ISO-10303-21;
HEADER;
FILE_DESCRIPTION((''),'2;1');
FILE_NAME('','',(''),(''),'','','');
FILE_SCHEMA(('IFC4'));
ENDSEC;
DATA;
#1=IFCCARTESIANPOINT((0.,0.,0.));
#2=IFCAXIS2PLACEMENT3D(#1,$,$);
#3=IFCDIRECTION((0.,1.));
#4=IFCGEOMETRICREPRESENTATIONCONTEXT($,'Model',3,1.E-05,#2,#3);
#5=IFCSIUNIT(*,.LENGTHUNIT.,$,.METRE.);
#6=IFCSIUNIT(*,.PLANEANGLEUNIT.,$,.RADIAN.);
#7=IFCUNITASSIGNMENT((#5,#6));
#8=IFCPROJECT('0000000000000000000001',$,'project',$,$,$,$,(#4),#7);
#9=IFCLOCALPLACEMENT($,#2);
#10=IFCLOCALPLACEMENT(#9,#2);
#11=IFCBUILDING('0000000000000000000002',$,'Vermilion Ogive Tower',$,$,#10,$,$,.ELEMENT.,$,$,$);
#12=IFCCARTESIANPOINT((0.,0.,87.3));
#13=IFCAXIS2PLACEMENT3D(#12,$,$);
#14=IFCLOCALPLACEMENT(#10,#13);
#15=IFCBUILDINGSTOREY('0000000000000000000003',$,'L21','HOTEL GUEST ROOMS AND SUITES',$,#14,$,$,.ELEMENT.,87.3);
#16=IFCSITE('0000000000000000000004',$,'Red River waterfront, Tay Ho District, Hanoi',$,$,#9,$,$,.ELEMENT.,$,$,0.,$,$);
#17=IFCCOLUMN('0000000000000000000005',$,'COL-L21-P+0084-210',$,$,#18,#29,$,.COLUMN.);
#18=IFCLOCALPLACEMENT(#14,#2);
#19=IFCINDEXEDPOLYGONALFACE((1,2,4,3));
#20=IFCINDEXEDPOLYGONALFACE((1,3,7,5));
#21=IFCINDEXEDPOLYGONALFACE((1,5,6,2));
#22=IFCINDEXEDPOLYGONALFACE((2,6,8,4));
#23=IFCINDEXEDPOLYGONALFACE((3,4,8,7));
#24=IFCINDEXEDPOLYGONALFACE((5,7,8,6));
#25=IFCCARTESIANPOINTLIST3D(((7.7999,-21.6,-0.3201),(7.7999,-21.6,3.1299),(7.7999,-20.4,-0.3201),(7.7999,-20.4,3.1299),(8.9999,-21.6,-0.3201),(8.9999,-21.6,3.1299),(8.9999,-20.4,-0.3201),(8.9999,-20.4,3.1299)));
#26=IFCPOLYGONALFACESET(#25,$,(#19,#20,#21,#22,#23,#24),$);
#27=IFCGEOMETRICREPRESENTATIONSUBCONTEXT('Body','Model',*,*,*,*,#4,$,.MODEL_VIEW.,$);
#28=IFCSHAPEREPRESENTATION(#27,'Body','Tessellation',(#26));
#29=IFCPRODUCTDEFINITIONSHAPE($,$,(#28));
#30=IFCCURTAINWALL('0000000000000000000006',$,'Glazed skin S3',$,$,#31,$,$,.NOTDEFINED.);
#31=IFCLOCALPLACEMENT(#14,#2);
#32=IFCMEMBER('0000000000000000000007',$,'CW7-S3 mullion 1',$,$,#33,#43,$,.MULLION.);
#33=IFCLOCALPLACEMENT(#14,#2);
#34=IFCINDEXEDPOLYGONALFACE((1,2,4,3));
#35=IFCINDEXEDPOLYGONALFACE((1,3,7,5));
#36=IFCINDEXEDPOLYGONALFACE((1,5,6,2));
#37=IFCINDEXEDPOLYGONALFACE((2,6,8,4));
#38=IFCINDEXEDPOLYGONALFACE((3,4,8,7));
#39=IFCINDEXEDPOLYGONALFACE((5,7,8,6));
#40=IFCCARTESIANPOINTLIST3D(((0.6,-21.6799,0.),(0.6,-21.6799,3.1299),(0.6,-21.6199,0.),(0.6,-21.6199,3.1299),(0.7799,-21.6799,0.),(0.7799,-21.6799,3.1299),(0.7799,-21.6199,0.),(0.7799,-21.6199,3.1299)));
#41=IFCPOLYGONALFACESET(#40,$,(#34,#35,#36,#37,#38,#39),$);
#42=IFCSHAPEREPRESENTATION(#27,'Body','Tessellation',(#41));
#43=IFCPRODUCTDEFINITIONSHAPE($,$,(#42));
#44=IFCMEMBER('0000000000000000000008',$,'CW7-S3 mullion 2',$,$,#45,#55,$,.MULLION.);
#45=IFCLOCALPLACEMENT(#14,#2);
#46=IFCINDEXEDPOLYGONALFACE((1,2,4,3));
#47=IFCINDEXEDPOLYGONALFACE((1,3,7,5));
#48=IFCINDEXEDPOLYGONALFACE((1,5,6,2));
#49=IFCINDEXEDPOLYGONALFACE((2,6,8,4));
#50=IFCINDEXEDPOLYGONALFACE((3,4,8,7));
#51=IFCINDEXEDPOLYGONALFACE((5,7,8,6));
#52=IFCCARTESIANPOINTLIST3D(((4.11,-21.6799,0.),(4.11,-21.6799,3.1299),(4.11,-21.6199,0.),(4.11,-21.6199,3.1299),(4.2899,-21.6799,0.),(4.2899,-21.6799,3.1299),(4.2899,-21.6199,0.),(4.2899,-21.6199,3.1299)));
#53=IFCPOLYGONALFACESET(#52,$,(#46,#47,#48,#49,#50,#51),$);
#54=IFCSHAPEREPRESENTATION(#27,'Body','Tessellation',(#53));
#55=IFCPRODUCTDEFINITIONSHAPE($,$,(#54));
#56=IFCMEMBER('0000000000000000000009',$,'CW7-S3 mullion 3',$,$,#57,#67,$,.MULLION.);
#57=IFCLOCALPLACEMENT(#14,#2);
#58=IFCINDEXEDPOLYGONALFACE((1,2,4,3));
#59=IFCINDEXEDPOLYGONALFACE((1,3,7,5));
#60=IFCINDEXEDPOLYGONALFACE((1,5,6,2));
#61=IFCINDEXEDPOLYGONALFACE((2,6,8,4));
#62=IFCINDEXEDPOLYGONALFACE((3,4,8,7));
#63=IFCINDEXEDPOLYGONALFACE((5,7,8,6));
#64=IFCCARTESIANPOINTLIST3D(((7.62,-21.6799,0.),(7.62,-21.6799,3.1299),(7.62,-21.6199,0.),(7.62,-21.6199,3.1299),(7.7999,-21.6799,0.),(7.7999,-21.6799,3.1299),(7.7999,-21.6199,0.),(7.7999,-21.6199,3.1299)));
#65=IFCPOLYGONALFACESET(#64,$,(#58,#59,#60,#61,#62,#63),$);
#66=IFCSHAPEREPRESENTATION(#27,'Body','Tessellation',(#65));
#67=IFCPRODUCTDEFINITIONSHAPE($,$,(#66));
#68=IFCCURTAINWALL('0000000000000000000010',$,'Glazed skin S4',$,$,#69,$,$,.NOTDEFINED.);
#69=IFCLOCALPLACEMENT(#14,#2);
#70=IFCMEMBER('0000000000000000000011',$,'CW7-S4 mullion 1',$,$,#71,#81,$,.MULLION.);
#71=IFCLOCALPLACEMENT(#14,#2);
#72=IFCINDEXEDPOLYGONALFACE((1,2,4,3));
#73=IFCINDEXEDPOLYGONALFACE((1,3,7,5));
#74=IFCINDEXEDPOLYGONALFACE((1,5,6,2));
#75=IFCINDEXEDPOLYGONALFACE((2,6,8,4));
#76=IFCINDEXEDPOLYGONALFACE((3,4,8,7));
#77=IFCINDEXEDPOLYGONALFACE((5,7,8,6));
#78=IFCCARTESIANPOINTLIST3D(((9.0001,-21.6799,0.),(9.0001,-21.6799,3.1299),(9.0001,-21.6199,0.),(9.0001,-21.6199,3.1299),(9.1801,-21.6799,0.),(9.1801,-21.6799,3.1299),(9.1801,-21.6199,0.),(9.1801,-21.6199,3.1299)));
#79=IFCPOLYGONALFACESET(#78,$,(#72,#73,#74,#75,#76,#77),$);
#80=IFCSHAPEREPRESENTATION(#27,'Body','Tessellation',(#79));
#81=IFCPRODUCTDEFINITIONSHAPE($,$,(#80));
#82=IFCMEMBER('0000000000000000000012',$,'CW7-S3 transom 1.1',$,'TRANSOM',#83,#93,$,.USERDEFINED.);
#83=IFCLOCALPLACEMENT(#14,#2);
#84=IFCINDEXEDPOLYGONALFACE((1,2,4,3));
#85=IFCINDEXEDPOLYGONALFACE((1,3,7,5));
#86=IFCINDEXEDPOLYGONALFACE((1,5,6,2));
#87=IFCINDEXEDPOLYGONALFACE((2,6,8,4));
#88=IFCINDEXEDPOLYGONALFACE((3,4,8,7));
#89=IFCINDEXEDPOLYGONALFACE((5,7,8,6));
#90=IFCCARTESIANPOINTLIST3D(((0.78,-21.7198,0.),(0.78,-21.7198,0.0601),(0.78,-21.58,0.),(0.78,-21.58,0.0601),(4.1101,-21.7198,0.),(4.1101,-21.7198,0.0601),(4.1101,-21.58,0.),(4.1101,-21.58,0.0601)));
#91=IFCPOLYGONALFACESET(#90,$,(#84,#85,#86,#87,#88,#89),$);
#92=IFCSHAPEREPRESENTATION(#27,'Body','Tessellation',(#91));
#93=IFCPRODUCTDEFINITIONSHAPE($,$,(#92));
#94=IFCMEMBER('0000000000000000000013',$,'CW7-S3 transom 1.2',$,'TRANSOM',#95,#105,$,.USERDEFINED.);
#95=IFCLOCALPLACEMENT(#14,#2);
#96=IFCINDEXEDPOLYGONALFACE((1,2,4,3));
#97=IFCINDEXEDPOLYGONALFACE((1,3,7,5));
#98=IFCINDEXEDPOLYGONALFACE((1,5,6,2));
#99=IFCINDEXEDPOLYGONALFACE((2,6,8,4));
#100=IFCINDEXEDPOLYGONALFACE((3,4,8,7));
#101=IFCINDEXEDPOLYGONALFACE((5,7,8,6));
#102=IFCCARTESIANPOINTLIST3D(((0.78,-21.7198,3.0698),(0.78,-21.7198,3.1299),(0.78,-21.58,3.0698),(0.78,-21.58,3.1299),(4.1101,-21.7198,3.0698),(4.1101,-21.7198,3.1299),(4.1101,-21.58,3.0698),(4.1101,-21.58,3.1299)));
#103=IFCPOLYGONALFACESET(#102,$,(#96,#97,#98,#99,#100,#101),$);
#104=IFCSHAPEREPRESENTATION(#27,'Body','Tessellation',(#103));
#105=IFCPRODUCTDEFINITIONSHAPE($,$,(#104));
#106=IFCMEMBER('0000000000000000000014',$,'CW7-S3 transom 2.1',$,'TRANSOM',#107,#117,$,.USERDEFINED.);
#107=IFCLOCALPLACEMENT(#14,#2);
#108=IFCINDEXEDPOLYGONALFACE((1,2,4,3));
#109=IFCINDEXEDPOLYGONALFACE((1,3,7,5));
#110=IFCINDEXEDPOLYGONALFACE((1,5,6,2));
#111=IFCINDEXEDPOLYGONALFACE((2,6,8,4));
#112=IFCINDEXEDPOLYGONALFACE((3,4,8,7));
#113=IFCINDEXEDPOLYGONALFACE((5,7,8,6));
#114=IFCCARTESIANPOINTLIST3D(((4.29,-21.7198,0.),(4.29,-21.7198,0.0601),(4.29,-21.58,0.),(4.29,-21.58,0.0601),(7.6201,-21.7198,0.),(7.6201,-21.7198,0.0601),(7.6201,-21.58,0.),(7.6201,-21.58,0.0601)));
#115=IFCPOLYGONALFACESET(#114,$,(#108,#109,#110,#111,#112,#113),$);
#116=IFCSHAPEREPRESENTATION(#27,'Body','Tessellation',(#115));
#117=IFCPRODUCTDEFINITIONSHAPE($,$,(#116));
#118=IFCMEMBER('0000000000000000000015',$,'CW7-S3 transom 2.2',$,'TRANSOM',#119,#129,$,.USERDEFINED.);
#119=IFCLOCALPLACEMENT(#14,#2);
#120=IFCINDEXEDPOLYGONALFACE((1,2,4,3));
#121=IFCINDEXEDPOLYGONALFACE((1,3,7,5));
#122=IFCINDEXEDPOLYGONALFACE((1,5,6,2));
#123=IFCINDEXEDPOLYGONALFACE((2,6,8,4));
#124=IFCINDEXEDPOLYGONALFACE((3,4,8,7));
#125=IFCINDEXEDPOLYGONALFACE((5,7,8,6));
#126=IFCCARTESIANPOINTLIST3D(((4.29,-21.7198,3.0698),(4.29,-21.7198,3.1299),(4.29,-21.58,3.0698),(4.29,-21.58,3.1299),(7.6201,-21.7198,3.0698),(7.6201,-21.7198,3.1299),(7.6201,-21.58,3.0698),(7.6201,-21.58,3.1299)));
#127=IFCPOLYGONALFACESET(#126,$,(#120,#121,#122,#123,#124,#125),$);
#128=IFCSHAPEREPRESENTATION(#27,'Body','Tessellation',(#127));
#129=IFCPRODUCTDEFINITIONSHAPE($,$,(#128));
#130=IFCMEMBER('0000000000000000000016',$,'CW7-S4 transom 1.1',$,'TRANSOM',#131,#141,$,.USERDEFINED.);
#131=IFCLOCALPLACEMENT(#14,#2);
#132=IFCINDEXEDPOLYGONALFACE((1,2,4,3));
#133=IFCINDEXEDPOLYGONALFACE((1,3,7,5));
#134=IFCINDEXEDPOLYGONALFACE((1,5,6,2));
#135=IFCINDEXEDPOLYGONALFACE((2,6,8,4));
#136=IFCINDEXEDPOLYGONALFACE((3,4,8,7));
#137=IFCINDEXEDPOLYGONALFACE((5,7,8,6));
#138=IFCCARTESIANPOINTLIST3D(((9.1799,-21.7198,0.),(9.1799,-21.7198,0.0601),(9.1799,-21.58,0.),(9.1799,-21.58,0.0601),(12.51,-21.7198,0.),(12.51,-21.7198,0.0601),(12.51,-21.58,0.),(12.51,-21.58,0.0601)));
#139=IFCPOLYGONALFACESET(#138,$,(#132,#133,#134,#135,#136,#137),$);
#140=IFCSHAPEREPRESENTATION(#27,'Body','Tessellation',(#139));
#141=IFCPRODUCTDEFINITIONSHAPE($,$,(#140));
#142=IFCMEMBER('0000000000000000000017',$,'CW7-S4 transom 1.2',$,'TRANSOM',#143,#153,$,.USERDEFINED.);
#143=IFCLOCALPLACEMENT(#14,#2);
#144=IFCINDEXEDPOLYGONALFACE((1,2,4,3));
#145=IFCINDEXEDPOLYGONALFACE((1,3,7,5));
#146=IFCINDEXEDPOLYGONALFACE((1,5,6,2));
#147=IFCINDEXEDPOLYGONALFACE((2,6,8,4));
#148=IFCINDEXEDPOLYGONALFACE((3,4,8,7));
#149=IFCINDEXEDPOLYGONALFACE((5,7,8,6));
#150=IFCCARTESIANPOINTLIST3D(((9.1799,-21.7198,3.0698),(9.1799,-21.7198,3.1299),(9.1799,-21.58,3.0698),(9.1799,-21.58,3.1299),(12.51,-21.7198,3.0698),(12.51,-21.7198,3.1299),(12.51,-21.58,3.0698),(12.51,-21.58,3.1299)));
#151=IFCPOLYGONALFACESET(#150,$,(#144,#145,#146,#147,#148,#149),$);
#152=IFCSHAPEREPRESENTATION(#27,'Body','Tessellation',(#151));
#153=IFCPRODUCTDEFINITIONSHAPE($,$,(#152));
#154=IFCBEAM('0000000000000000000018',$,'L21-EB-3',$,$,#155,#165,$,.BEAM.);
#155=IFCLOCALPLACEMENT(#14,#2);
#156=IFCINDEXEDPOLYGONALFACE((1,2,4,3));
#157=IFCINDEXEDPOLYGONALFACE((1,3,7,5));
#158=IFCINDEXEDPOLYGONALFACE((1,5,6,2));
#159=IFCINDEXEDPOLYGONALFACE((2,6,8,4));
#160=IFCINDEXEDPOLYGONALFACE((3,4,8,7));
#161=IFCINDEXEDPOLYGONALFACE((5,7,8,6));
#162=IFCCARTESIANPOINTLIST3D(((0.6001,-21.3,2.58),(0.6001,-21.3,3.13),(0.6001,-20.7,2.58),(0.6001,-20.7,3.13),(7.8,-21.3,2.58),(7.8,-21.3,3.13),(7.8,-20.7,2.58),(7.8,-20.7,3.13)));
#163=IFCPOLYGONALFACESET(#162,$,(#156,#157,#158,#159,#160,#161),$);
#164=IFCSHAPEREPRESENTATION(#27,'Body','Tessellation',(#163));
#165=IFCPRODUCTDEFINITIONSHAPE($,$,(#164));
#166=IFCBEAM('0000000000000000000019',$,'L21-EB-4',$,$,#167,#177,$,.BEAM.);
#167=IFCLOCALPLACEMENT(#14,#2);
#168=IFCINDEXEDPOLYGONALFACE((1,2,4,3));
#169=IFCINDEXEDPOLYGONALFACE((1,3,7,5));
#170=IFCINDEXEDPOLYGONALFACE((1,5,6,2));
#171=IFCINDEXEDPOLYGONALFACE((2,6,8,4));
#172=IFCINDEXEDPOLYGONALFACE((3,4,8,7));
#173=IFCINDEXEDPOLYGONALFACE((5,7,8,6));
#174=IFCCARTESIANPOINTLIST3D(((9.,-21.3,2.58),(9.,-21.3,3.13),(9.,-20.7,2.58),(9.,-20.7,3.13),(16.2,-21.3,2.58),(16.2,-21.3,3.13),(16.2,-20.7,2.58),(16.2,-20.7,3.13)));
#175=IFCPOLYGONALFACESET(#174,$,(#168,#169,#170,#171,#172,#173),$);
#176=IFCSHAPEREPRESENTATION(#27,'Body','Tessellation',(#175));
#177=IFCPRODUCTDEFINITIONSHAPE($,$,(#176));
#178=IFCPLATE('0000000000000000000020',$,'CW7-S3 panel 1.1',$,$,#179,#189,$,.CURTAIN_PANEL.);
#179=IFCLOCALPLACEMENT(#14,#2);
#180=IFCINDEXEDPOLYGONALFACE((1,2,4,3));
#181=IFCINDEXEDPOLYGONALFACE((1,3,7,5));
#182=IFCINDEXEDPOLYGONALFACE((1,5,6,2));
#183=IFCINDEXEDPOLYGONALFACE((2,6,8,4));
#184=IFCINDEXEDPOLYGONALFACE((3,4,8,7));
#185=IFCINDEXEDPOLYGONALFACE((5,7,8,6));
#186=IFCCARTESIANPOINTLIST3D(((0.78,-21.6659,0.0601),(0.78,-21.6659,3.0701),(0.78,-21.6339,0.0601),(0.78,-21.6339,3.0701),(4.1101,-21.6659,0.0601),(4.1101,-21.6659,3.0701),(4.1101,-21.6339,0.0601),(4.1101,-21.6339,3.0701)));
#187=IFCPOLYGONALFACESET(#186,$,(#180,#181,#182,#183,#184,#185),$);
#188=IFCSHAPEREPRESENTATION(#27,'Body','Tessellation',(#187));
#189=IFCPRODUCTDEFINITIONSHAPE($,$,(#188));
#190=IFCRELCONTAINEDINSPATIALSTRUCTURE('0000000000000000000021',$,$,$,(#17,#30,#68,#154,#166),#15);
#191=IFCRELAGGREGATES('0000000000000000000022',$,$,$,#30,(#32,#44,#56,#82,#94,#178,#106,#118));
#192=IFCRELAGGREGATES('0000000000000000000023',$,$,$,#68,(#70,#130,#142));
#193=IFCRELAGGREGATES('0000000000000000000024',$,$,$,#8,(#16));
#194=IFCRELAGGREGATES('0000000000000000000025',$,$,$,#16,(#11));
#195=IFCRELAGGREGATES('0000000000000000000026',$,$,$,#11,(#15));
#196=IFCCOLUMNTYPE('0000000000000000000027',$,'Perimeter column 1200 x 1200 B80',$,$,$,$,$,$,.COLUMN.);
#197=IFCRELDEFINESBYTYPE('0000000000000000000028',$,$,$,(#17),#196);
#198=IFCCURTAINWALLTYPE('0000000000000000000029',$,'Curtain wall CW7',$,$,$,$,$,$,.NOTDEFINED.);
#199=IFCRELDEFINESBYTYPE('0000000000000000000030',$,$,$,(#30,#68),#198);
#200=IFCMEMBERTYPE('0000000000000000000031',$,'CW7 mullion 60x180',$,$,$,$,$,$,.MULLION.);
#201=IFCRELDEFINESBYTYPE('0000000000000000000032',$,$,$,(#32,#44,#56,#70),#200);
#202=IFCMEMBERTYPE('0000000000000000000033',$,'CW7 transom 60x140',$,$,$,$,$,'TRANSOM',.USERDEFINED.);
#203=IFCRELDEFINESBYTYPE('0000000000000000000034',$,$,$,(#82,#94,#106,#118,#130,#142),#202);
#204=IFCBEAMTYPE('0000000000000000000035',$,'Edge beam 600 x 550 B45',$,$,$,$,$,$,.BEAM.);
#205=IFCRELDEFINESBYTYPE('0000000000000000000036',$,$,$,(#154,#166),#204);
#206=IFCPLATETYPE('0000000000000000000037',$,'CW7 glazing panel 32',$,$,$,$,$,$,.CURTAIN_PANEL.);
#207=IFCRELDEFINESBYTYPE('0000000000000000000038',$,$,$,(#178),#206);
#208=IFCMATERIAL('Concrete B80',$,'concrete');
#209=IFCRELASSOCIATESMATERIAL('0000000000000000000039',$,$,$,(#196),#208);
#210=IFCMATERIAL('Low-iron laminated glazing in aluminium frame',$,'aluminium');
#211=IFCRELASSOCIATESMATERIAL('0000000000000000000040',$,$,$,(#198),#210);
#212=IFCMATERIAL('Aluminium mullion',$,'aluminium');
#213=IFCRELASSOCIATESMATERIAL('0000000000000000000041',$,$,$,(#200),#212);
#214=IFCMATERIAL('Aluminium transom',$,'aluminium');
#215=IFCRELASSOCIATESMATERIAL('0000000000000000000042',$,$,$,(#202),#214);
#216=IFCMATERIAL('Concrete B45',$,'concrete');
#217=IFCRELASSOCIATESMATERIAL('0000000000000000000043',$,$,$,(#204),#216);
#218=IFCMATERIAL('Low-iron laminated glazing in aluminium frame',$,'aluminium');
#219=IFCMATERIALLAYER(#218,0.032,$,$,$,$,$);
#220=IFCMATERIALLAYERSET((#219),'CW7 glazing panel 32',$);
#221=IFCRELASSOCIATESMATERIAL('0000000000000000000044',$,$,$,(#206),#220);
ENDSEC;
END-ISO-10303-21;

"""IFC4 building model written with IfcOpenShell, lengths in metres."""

from ifc_helpers import new_model, si_unit, direction, frame, origin, origin_2d, place, context, subcontext, project, spatial, rectangle, extrude, material, layer, layer_set, material_profile, profile_set, type_object, element, aggregate, save


model = new_model("IFC4")

# Units and contexts
model_context = context("Model", 3, precision=1e-05, world=origin(), true_north=direction((0.0, 1.0)))
body_context = subcontext(model_context, "Body", "Model", "MODEL_VIEW")
ifc_project = project(units=[si_unit("LENGTHUNIT", "METRE"), si_unit("PLANEANGLEUNIT", "RADIAN")], contexts=[model_context])

# Site, building, storey
site_placement = place(None, origin())
site = spatial("IfcSite", under=ifc_project, at=site_placement, Name="Red River waterfront, Tay Ho District, Hanoi", CompositionType="ELEMENT", RefElevation=0.0)
building_placement = place(site_placement, origin())
building = spatial("IfcBuilding", under=site, at=building_placement, Name="Vermilion Ogive Tower", CompositionType="ELEMENT")
storey_placement = place(building_placement, frame((0.0, 0.0, 87.3)))
storey = spatial("IfcBuildingStorey", under=building, at=storey_placement, Name="L21", Description="HOTEL GUEST ROOMS AND SUITES", CompositionType="ELEMENT", Elevation=87.3)

# Column
ifc_material_1 = material(Name="Concrete B80", Category="concrete")
ifc_material_profile_1 = material_profile(ifc_material_1, rectangle(XDim=1.2, YDim=1.2, at=origin_2d()), Name="1200 x 1200")
ifc_profile_set_1 = profile_set([ifc_material_profile_1], Name="Concrete B80")
column_type = type_object("IfcColumnType", Name="Perimeter column 1200 x 1200 B80", PredefinedType="COLUMN", material=ifc_profile_set_1)
column_placement = place(storey_placement, frame((8.3999, -21.0, -0.3201), z_axis=(0.0, 0.0, 1.0), x_axis=(1.0, 0.0, 0.0)))
element("IfcColumn", 1, at=column_placement, inside=storey, type_object=column_type, Name="COL-L21-P+0084-210", PredefinedType="COLUMN", context=body_context, shape_type="SweptSolid", body=[
    extrude(rectangle(XDim=1.2, YDim=1.2, at=origin_2d()), origin(), (0.0, 0.0, 1.0), 3.45),
])

# Curtain wall, members
ifc_material_2 = material(Name="Low-iron laminated glazing in aluminium frame", Category="aluminium")
curtain_wall_type = type_object("IfcCurtainWallType", Name="Curtain wall CW7", PredefinedType="NOTDEFINED", material=ifc_material_2)
curtain_wall_1_placement = place(storey_placement, origin())
curtain_wall_1 = element("IfcCurtainWall", 2, at=curtain_wall_1_placement, inside=storey, type_object=curtain_wall_type, Name="Glazed skin S3", PredefinedType="NOTDEFINED")
ifc_material_3 = material(Name="Aluminium mullion", Category="aluminium")
ifc_material_profile_2 = material_profile(ifc_material_3, rectangle(XDim=0.0601, YDim=0.1799, at=origin_2d()), Name="AL 60x180")
ifc_profile_set_2 = profile_set([ifc_material_profile_2], Name="Aluminium mullion")
member_type_1 = type_object("IfcMemberType", Name="CW7 mullion 60x180", PredefinedType="MULLION", material=ifc_profile_set_2)
member_1_placement = place(storey_placement, frame((0.6899, -21.6499, 0.0), z_axis=(0.0, 0.0, 1.0), x_axis=(0.0, 1.0, 0.0)))
member_1 = element("IfcMember", 3, at=member_1_placement, type_object=member_type_1, Name="CW7-S3 mullion 1", PredefinedType="MULLION", context=body_context, shape_type="SweptSolid", body=[
    extrude(rectangle(XDim=0.0601, YDim=0.1799, at=origin_2d()), origin(), (0.0, 0.0, 1.0), 3.1299),
])
member_2_placement = place(storey_placement, frame((4.2, -21.6499, 0.0), z_axis=(0.0, 0.0, 1.0), x_axis=(0.0, 1.0, 0.0)))
member_2 = element("IfcMember", 4, at=member_2_placement, type_object=member_type_1, Name="CW7-S3 mullion 2", PredefinedType="MULLION", context=body_context, shape_type="SweptSolid", body=[
    extrude(rectangle(XDim=0.0601, YDim=0.1799, at=origin_2d()), origin(), (0.0, 0.0, 1.0), 3.1299),
])
member_3_placement = place(storey_placement, frame((7.71, -21.6499, 0.0), z_axis=(0.0, 0.0, 1.0), x_axis=(0.0, 1.0, 0.0)))
member_3 = element("IfcMember", 5, at=member_3_placement, type_object=member_type_1, Name="CW7-S3 mullion 3", PredefinedType="MULLION", context=body_context, shape_type="SweptSolid", body=[
    extrude(rectangle(XDim=0.0601, YDim=0.1799, at=origin_2d()), origin(), (0.0, 0.0, 1.0), 3.1299),
])

# Curtain wall, member
curtain_wall_2_placement = place(storey_placement, origin())
curtain_wall_2 = element("IfcCurtainWall", 6, at=curtain_wall_2_placement, inside=storey, type_object=curtain_wall_type, Name="Glazed skin S4", PredefinedType="NOTDEFINED")
member_4_placement = place(storey_placement, frame((9.0901, -21.6499, 0.0), z_axis=(0.0, 0.0, 1.0), x_axis=(0.0, 1.0, 0.0)))
member_4 = element("IfcMember", 7, at=member_4_placement, type_object=member_type_1, Name="CW7-S4 mullion 1", PredefinedType="MULLION", context=body_context, shape_type="SweptSolid", body=[
    extrude(rectangle(XDim=0.0601, YDim=0.1799, at=origin_2d()), origin(), (0.0, 0.0, 1.0), 3.1299),
])

# Members
ifc_material_4 = material(Name="Aluminium transom", Category="aluminium")
ifc_material_profile_3 = material_profile(ifc_material_4, rectangle(XDim=0.1399, YDim=0.0601, at=origin_2d()), Name="AL 60x140")
ifc_profile_set_3 = profile_set([ifc_material_profile_3], Name="Aluminium transom")
member_type_2 = type_object("IfcMemberType", Name="CW7 transom 60x140", ElementType="TRANSOM", PredefinedType="USERDEFINED", material=ifc_profile_set_3)
member_5_placement = place(storey_placement, frame((0.78, -21.6499, 0.03), z_axis=(1.0, 0.0, 0.0), x_axis=(0.0, 1.0, 0.0)))
member_5 = element("IfcMember", 8, at=member_5_placement, type_object=member_type_2, Name="CW7-S3 transom 1.1", ObjectType="TRANSOM", PredefinedType="USERDEFINED", context=body_context, shape_type="SweptSolid", body=[
    extrude(rectangle(XDim=0.1399, YDim=0.0601, at=origin_2d()), origin(), (0.0, 0.0, 1.0), 3.3301),
])
member_6_placement = place(storey_placement, frame((0.78, -21.6499, 3.0999), z_axis=(1.0, 0.0, 0.0), x_axis=(0.0, 1.0, 0.0)))
member_6 = element("IfcMember", 9, at=member_6_placement, type_object=member_type_2, Name="CW7-S3 transom 1.2", ObjectType="TRANSOM", PredefinedType="USERDEFINED", context=body_context, shape_type="SweptSolid", body=[
    extrude(rectangle(XDim=0.1399, YDim=0.0601, at=origin_2d()), origin(), (0.0, 0.0, 1.0), 3.3301),
])
member_7_placement = place(storey_placement, frame((4.29, -21.6499, 0.03), z_axis=(1.0, 0.0, 0.0), x_axis=(0.0, 1.0, 0.0)))
member_7 = element("IfcMember", 10, at=member_7_placement, type_object=member_type_2, Name="CW7-S3 transom 2.1", ObjectType="TRANSOM", PredefinedType="USERDEFINED", context=body_context, shape_type="SweptSolid", body=[
    extrude(rectangle(XDim=0.1399, YDim=0.0601, at=origin_2d()), origin(), (0.0, 0.0, 1.0), 3.3301),
])
member_8_placement = place(storey_placement, frame((4.29, -21.6499, 3.0999), z_axis=(1.0, 0.0, 0.0), x_axis=(0.0, 1.0, 0.0)))
member_8 = element("IfcMember", 11, at=member_8_placement, type_object=member_type_2, Name="CW7-S3 transom 2.2", ObjectType="TRANSOM", PredefinedType="USERDEFINED", context=body_context, shape_type="SweptSolid", body=[
    extrude(rectangle(XDim=0.1399, YDim=0.0601, at=origin_2d()), origin(), (0.0, 0.0, 1.0), 3.3301),
])
member_9_placement = place(storey_placement, frame((9.1799, -21.6499, 0.03), z_axis=(1.0, 0.0, 0.0), x_axis=(0.0, 1.0, 0.0)))
member_9 = element("IfcMember", 12, at=member_9_placement, type_object=member_type_2, Name="CW7-S4 transom 1.1", ObjectType="TRANSOM", PredefinedType="USERDEFINED", context=body_context, shape_type="SweptSolid", body=[
    extrude(rectangle(XDim=0.1399, YDim=0.0601, at=origin_2d()), origin(), (0.0, 0.0, 1.0), 3.3301),
])
member_10_placement = place(storey_placement, frame((9.1799, -21.6499, 3.0999), z_axis=(1.0, 0.0, 0.0), x_axis=(0.0, 1.0, 0.0)))
member_10 = element("IfcMember", 13, at=member_10_placement, type_object=member_type_2, Name="CW7-S4 transom 1.2", ObjectType="TRANSOM", PredefinedType="USERDEFINED", context=body_context, shape_type="SweptSolid", body=[
    extrude(rectangle(XDim=0.1399, YDim=0.0601, at=origin_2d()), origin(), (0.0, 0.0, 1.0), 3.3301),
])

# Beams
ifc_material_5 = material(Name="Concrete B45", Category="concrete")
ifc_material_profile_4 = material_profile(ifc_material_5, rectangle(XDim=0.6001, YDim=0.55, at=origin_2d()), Name="600 x 550")
ifc_profile_set_4 = profile_set([ifc_material_profile_4], Name="Concrete B45")
beam_type = type_object("IfcBeamType", Name="Edge beam 600 x 550 B45", PredefinedType="BEAM", material=ifc_profile_set_4)
for number, where, z_axis, x_axis, name in (
    (14, (0.6001, -21.0, 2.855), (1.0, 0.0, 0.0), (0.0, 1.0, 0.0), "L21-EB-3"),
    (15, (9.0, -21.0, 2.855), (1.0, 0.0, 0.0), (0.0, 1.0, 0.0), "L21-EB-4"),
):
    element("IfcBeam", number, at=place(storey_placement, frame(where, z_axis=z_axis, x_axis=x_axis)), inside=storey, type_object=beam_type, Name=name, PredefinedType="BEAM", context=body_context, shape_type="SweptSolid", body=[
        extrude(rectangle(XDim=0.6001, YDim=0.55, at=origin_2d()), origin(), (0.0, 0.0, 1.0), 7.2),
    ])

# Plate
ifc_material_6 = material(Name="Low-iron laminated glazing in aluminium frame", Category="aluminium")
ifc_layer_1 = layer(ifc_material_6, 0.032)
ifc_layer_set_1 = layer_set([ifc_layer_1], Name="CW7 glazing panel 32")
plate_type = type_object("IfcPlateType", Name="CW7 glazing panel 32", PredefinedType="CURTAIN_PANEL", material=ifc_layer_set_1)
plate_1_placement = place(storey_placement, frame((2.4451, -21.6499, 0.0601), z_axis=(0.0, 0.0, 1.0), x_axis=(1.0, 0.0, 0.0)))
plate_1 = element("IfcPlate", 16, at=plate_1_placement, type_object=plate_type, Name="CW7-S3 panel 1.1", PredefinedType="CURTAIN_PANEL", context=body_context, shape_type="SweptSolid", body=[
    extrude(rectangle(XDim=3.3301, YDim=0.032, at=origin_2d()), origin(), (0.0, 0.0, 1.0), 3.01),
])
aggregate(curtain_wall_1, [member_1, member_2, member_3, member_5, member_6, plate_1, member_7, member_8])
aggregate(curtain_wall_2, [member_4, member_9, member_10])

save(model, "model.ifc")
